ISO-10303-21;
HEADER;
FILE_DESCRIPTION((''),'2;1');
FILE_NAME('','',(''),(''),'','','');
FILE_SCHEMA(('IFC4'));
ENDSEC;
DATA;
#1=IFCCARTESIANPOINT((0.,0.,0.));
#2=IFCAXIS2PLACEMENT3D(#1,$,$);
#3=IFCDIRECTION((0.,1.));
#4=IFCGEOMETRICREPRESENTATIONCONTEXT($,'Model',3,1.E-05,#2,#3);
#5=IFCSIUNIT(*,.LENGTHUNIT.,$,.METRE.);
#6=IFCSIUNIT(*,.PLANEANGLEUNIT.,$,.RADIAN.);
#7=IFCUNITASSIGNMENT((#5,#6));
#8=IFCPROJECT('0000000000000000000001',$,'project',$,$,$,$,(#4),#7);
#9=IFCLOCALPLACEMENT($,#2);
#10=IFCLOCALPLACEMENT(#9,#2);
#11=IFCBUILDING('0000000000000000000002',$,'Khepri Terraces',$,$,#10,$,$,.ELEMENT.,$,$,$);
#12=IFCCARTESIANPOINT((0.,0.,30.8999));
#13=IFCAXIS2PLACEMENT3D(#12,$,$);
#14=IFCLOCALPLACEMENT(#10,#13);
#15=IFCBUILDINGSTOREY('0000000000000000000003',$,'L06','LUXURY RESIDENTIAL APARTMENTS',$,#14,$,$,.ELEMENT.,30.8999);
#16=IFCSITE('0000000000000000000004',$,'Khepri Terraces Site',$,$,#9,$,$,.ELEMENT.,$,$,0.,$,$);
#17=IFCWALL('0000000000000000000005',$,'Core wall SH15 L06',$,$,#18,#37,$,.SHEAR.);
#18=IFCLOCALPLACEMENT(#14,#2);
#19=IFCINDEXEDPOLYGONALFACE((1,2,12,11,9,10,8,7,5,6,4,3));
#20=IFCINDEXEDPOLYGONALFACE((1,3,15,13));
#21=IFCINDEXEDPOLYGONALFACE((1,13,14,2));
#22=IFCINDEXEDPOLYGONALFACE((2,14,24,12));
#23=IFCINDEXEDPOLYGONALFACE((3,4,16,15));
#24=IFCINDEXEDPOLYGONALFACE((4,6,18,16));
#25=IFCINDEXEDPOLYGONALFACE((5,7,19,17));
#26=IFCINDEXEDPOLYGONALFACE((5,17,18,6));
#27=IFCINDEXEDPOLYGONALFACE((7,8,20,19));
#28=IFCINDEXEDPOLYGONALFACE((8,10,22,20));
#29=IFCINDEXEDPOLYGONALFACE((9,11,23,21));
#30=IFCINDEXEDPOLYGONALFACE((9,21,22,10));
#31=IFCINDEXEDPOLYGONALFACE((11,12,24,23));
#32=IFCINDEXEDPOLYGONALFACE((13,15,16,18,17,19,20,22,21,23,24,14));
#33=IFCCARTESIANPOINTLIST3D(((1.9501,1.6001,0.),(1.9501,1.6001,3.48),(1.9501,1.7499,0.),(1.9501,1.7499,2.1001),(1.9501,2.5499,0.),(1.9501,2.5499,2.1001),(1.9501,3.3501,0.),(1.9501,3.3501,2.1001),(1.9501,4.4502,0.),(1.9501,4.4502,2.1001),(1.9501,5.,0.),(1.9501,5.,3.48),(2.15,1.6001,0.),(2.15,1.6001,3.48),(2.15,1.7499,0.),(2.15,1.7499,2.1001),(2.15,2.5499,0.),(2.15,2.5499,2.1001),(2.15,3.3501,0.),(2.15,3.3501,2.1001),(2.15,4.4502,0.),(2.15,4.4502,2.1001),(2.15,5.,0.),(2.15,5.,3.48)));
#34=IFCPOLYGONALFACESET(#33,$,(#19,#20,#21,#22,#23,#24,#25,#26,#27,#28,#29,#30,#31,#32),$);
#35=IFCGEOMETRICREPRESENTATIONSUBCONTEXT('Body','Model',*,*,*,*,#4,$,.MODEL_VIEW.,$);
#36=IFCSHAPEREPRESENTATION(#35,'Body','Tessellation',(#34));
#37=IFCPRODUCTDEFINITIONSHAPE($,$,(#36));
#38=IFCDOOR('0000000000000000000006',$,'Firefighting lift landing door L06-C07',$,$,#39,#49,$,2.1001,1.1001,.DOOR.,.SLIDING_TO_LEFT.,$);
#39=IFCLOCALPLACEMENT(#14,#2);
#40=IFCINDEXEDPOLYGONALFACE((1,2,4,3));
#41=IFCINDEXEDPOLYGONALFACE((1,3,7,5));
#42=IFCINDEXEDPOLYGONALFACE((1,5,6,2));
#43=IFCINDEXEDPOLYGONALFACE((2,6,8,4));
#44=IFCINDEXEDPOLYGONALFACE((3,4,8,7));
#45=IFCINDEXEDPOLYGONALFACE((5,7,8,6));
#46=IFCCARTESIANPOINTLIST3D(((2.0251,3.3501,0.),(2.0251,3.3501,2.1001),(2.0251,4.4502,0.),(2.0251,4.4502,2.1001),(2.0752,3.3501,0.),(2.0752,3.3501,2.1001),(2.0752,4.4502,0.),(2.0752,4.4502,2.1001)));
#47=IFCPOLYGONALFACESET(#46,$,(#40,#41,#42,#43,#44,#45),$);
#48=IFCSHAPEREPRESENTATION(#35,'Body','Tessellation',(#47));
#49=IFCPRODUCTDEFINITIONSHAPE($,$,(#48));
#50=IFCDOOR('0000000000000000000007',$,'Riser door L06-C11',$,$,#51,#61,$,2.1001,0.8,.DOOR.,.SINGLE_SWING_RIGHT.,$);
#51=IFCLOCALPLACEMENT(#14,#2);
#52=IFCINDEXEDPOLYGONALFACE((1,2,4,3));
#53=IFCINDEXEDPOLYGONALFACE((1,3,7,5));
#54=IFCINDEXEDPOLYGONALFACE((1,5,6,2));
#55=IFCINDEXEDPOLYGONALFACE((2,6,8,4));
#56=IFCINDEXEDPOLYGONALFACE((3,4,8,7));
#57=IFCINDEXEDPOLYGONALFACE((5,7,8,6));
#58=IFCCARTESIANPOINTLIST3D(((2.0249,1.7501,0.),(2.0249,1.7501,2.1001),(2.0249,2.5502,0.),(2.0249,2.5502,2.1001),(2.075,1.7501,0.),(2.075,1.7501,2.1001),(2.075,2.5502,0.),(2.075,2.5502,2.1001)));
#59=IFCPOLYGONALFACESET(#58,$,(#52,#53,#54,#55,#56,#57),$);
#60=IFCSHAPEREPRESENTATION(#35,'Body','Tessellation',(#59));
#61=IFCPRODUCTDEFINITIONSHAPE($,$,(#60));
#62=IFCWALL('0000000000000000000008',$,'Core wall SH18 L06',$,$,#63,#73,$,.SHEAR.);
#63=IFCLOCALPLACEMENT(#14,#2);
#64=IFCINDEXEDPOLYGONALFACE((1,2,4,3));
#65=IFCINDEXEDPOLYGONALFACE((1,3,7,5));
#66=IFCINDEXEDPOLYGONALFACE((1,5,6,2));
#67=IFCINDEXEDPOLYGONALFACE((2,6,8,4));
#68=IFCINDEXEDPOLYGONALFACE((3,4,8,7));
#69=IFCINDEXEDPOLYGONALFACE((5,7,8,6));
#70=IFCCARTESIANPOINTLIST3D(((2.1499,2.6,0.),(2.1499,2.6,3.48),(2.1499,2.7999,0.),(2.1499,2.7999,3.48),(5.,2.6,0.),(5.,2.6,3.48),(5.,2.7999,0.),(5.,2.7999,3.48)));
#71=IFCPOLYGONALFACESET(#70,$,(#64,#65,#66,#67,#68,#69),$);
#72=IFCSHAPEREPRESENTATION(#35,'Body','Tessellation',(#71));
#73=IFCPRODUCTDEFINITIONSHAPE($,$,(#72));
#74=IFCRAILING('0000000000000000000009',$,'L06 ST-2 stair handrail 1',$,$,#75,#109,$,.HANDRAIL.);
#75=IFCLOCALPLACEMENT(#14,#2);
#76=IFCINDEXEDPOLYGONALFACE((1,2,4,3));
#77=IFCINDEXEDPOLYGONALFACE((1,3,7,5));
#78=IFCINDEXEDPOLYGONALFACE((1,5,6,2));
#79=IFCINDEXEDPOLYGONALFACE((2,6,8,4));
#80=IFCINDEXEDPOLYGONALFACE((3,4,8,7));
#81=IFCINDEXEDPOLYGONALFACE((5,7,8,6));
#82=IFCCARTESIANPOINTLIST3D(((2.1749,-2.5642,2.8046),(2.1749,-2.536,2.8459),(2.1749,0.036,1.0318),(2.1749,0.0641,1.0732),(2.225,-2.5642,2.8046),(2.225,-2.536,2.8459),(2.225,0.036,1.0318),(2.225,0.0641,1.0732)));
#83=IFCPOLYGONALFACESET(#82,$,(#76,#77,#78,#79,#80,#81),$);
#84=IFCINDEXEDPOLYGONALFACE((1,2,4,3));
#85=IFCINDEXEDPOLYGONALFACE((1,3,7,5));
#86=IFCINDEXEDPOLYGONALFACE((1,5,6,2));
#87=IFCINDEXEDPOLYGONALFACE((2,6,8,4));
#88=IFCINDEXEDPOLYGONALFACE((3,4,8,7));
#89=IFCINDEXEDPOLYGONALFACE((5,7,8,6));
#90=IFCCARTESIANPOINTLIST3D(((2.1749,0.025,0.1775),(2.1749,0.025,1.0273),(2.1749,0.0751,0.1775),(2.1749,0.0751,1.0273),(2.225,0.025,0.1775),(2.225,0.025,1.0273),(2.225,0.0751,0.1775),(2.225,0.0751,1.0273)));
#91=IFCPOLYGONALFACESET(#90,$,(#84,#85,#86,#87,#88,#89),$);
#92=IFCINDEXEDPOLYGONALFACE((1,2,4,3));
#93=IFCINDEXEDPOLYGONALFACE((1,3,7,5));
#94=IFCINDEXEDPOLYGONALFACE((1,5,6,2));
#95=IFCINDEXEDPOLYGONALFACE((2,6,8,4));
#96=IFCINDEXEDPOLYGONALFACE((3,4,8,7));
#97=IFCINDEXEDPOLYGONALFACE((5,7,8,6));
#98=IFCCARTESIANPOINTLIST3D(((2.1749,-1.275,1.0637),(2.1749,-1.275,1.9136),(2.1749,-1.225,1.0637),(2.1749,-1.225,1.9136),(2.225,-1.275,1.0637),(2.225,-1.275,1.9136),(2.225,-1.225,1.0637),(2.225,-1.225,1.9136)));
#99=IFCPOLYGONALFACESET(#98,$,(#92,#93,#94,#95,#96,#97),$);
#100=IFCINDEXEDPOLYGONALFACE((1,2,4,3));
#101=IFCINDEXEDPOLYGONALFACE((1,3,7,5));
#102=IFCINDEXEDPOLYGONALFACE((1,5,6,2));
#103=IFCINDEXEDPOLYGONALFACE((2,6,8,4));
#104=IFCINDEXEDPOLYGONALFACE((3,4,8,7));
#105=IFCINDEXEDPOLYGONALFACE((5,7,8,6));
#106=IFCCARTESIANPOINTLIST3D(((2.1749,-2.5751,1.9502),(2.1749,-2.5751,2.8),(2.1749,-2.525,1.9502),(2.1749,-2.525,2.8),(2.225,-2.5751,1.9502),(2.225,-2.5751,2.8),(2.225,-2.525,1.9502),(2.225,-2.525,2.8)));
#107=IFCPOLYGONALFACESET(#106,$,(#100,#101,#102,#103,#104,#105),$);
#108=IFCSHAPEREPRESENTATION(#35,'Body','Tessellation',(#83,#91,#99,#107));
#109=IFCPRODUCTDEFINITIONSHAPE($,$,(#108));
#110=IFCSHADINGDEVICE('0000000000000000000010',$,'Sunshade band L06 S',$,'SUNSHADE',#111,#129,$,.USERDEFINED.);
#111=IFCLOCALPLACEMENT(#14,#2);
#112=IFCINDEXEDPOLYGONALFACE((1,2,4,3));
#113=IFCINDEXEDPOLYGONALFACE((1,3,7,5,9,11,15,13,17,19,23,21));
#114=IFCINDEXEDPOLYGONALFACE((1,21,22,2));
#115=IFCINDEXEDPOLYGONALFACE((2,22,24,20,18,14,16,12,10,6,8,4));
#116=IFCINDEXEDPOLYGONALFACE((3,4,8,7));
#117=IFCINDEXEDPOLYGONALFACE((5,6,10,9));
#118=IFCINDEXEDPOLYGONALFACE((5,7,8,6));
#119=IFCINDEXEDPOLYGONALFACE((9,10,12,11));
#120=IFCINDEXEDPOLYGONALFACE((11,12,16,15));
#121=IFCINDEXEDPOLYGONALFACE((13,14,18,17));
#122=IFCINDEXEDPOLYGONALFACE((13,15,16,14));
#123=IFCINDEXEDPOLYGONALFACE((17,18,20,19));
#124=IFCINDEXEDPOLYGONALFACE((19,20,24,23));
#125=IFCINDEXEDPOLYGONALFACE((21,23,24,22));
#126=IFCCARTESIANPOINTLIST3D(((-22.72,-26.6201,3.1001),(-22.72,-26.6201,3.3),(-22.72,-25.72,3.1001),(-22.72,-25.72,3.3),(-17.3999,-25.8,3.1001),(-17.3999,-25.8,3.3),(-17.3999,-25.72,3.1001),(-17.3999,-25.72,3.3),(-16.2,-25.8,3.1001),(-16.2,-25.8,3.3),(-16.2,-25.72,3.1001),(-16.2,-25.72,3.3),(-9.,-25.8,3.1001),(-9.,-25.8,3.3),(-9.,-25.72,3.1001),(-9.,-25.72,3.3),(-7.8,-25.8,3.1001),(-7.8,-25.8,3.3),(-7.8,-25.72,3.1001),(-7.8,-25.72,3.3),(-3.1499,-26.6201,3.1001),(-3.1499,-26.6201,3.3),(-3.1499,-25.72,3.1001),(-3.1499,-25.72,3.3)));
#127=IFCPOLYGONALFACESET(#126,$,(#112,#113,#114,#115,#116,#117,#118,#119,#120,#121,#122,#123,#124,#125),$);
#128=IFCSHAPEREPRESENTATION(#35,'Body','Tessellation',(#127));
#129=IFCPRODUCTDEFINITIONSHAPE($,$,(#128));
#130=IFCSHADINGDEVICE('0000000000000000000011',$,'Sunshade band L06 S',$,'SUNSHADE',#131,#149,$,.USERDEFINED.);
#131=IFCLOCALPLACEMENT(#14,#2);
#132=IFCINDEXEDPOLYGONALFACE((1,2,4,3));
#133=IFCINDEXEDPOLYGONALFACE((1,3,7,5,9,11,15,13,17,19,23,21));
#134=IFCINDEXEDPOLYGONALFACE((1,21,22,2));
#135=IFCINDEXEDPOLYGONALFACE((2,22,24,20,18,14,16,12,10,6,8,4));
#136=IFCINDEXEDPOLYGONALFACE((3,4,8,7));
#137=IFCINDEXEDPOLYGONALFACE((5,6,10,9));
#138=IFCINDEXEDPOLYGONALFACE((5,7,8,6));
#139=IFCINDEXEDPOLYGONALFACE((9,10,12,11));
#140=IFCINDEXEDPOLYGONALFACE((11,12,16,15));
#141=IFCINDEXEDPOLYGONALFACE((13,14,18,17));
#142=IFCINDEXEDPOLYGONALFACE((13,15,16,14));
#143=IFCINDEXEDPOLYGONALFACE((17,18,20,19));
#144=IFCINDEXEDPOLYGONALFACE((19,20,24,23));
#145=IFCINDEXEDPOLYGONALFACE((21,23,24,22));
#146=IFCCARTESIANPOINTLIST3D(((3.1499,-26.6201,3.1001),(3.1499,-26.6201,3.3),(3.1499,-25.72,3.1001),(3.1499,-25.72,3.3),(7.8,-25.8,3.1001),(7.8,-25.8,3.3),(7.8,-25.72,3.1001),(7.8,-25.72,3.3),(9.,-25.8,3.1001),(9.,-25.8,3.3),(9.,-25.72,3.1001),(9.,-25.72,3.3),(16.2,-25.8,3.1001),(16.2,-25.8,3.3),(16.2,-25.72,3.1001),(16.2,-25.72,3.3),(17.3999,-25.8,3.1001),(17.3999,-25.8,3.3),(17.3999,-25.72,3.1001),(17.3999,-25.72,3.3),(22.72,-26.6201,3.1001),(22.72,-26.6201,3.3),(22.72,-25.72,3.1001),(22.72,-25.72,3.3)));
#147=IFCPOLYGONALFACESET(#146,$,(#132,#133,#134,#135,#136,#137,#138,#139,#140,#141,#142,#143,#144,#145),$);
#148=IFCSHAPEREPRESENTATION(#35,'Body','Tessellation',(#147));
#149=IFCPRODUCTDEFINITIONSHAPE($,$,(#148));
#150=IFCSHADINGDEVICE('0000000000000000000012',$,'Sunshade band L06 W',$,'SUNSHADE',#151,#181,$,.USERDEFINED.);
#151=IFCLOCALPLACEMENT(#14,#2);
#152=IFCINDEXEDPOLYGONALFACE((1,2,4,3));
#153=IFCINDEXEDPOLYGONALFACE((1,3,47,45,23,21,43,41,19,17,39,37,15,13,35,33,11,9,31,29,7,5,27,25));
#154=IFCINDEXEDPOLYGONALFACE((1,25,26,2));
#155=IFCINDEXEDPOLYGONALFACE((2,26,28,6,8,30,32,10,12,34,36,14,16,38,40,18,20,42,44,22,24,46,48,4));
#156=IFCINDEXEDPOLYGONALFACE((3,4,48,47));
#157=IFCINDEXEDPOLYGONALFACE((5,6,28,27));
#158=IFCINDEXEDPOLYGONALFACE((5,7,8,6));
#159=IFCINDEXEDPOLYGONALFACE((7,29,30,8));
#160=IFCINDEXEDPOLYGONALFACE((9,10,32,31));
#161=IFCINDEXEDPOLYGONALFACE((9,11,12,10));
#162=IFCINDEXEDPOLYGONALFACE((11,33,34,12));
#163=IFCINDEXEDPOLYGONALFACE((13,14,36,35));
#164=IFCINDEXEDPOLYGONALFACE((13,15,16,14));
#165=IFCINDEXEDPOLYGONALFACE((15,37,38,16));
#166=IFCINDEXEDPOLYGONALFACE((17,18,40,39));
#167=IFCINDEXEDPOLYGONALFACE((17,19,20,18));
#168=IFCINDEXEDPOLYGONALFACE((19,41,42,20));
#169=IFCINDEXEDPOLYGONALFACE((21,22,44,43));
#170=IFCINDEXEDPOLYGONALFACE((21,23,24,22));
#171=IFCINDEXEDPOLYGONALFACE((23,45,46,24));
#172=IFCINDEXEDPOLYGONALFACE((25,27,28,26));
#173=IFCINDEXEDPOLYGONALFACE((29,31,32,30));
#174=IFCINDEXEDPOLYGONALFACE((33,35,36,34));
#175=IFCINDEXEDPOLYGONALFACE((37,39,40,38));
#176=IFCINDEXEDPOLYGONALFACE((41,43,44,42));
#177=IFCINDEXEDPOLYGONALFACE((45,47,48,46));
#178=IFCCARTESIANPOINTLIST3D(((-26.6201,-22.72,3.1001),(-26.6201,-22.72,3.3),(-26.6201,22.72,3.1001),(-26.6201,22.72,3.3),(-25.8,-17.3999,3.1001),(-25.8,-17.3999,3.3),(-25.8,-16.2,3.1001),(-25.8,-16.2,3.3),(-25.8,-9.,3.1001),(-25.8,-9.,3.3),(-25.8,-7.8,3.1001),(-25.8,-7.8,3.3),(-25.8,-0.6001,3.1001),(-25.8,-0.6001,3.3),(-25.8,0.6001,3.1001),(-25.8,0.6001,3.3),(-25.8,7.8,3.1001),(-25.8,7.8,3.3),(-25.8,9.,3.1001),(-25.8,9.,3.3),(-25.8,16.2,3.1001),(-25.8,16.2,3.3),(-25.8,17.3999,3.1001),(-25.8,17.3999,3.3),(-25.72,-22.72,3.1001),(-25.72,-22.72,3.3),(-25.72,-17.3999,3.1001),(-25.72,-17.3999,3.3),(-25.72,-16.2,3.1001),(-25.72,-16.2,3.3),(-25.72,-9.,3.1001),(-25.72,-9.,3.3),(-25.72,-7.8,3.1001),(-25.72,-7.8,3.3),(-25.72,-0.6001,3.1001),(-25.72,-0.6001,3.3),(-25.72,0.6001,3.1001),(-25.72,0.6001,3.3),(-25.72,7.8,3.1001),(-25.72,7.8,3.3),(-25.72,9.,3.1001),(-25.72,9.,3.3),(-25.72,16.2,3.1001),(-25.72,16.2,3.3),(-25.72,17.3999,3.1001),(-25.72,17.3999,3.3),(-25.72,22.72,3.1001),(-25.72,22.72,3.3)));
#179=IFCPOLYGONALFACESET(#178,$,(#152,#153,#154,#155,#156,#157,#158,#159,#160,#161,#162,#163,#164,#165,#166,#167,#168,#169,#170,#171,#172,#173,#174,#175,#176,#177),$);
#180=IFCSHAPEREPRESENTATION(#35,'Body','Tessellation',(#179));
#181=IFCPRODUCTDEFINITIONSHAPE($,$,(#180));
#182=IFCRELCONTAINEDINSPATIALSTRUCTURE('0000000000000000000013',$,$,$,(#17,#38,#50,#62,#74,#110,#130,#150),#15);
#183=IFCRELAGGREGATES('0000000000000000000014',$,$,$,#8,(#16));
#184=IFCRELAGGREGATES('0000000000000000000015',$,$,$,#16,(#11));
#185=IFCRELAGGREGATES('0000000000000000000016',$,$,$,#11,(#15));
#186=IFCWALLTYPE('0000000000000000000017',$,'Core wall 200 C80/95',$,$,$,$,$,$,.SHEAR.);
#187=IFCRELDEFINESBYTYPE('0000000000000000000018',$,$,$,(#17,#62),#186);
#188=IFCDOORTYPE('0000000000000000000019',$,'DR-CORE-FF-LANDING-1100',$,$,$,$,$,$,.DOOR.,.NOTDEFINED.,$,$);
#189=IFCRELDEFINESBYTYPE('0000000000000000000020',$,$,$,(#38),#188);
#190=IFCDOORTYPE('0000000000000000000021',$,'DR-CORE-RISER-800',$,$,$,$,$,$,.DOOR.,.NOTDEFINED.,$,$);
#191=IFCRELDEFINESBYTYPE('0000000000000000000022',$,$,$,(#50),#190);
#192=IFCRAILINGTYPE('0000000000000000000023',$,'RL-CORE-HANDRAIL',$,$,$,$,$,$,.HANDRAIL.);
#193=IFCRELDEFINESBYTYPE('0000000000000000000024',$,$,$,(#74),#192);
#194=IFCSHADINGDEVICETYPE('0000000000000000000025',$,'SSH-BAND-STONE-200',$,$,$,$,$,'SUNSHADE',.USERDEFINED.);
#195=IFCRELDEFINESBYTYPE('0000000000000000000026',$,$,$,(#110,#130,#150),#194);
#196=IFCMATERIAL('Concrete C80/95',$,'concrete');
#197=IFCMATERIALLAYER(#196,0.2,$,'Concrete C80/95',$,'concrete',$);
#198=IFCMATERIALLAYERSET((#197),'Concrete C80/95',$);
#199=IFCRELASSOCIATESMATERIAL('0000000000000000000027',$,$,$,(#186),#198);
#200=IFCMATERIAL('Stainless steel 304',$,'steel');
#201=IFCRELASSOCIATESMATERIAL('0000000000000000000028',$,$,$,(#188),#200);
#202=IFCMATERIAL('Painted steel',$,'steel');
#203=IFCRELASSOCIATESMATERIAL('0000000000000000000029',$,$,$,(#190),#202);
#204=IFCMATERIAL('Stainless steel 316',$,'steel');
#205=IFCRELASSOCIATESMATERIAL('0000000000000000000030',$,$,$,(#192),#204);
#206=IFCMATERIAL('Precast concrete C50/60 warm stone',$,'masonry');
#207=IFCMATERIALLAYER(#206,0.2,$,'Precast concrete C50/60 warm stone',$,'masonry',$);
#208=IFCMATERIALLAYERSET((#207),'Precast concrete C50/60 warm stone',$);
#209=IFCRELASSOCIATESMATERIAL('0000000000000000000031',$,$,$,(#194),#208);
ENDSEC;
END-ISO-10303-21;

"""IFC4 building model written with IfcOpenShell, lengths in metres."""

from ifc_helpers import new_model, si_unit, direction, frame, frame_2d, origin, origin_2d, place, context, subcontext, project, spatial, polyline, rectangle, outline, extrude, material, layer, layer_set, type_object, element, fill, save


model = new_model("IFC4")

# Units and contexts
model_context = context("Model", 3, precision=1e-05, world=origin(), true_north=direction((0.0, 1.0)))
body_context = subcontext(model_context, "Body", "Model", "MODEL_VIEW")
ifc_project = project(units=[si_unit("LENGTHUNIT", "METRE"), si_unit("PLANEANGLEUNIT", "RADIAN")], contexts=[model_context])

# Site, building, storey
site_placement = place(None, origin())
site = spatial("IfcSite", under=ifc_project, at=site_placement, Name="Khepri Terraces Site", CompositionType="ELEMENT", RefElevation=0.0)
building_placement = place(site_placement, origin())
building = spatial("IfcBuilding", under=site, at=building_placement, Name="Khepri Terraces", CompositionType="ELEMENT")
storey_placement = place(building_placement, frame((0.0, 0.0, 30.8999)))
storey = spatial("IfcBuildingStorey", under=building, at=storey_placement, Name="L06", Description="LUXURY RESIDENTIAL APARTMENTS", CompositionType="ELEMENT", Elevation=30.8999)

# Shared definitions
ifc_material_1 = material(Name="Precast concrete C50/60 warm stone", Category="masonry")

# Shared definitions
ifc_material_2 = material(Name="Concrete C80/95", Category="concrete")
ifc_layer_1 = layer(ifc_material_2, 0.2, Name="Concrete C80/95", Category="concrete")
ifc_layer_set_1 = layer_set([ifc_layer_1], Name="Concrete C80/95")
wall_type = type_object("IfcWallType", Name="Core wall 200 C80/95", PredefinedType="SHEAR", material=ifc_layer_set_1)

# Shared definitions
ifc_material_3 = material(Name="Painted steel", Category="steel")

# Wall, openings, doors
wall_1_placement = place(storey_placement, frame((2.05, 1.6001, 0.0), z_axis=(0.0, 0.0, 1.0), x_axis=(0.0, 1.0, 0.0)))
wall_1 = element("IfcWall", 1, at=wall_1_placement, inside=storey, type_object=wall_type, Name="Core wall SH15 L06", PredefinedType="SHEAR", context=body_context, shape_type="SweptSolid", body=[
    extrude(rectangle(XDim=3.3999, YDim=0.2, at=frame_2d((1.7, 0.0))), origin(), (0.0, 0.0, 1.0), 3.48),
])
opening_1_placement = place(wall_1_placement, frame((1.75, 0.0, 0.0)))
opening_1 = element("IfcOpeningElement", 2, at=opening_1_placement, cuts=wall_1, PredefinedType="OPENING", context=body_context, shape_type="SweptSolid", body=[
    extrude(rectangle(XDim=1.1001, YDim=2.1001, at=frame_2d((0.55, 1.05))), frame((0.0, 0.1099, 0.0), z_axis=(0.0, -1.0, 0.0), x_axis=(1.0, 0.0, 0.0)), (0.0, 0.0, 1.0), 0.22),
])
opening_2_placement = place(wall_1_placement, frame((0.1499, 0.0, 0.0)))
opening_2 = element("IfcOpeningElement", 3, at=opening_2_placement, cuts=wall_1, PredefinedType="OPENING", context=body_context, shape_type="SweptSolid", body=[
    extrude(rectangle(XDim=0.8, YDim=2.1001, at=frame_2d((0.3999, 1.05))), frame((0.0, 0.1099, 0.0), z_axis=(0.0, -1.0, 0.0), x_axis=(1.0, 0.0, 0.0)), (0.0, 0.0, 1.0), 0.22),
])
ifc_material_4 = material(Name="Stainless steel 304", Category="steel")
door_type_1 = type_object("IfcDoorType", Name="DR-CORE-FF-LANDING-1100", OperationType="NOTDEFINED", PredefinedType="DOOR", material=ifc_material_4)
door_1_placement = place(opening_1_placement, origin())
door_1 = element("IfcDoor", 4, at=door_1_placement, inside=storey, type_object=door_type_1, Name="Firefighting lift landing door L06-C07", OperationType="SLIDING_TO_LEFT", OverallHeight=2.1001, OverallWidth=1.1001, PredefinedType="DOOR", context=body_context, shape_type="SweptSolid", body=[
    extrude(rectangle(XDim=1.1001, YDim=2.1001, at=frame_2d((0.55, 1.05))), frame((0.0, 0.0249, 0.0), z_axis=(0.0, -1.0, 0.0), x_axis=(1.0, 0.0, 0.0)), (0.0, 0.0, 1.0), 0.05),
])
fill(opening_1, door_1)
door_type_2 = type_object("IfcDoorType", Name="DR-CORE-RISER-800", OperationType="NOTDEFINED", PredefinedType="DOOR", material=ifc_material_3)
door_2_placement = place(opening_2_placement, frame((0.8, 0.0, 0.0), z_axis=(0.0, 0.0, 1.0), x_axis=(-1.0, 0.0, 0.0)))
door_2 = element("IfcDoor", 5, at=door_2_placement, inside=storey, type_object=door_type_2, Name="Riser door L06-C11", OperationType="SINGLE_SWING_RIGHT", OverallHeight=2.1001, OverallWidth=0.8, PredefinedType="DOOR", context=body_context, shape_type="SweptSolid", body=[
    extrude(rectangle(XDim=0.8, YDim=2.1001, at=frame_2d((0.3999, 1.05))), frame((0.0, 0.0249, 0.0), z_axis=(0.0, -1.0, 0.0), x_axis=(1.0, 0.0, 0.0)), (0.0, 0.0, 1.0), 0.05),
])
fill(opening_2, door_2)

# Wall
wall_2_placement = place(storey_placement, frame((2.1499, 2.7, 0.0), z_axis=(0.0, 0.0, 1.0), x_axis=(1.0, 0.0, 0.0)))
element("IfcWall", 6, at=wall_2_placement, inside=storey, type_object=wall_type, Name="Core wall SH18 L06", PredefinedType="SHEAR", context=body_context, shape_type="SweptSolid", body=[
    extrude(rectangle(XDim=2.8501, YDim=0.2, at=frame_2d((1.425, 0.0))), origin(), (0.0, 0.0, 1.0), 3.48),
])

# Railing
ifc_material_5 = material(Name="Stainless steel 316", Category="steel")
railing_type = type_object("IfcRailingType", Name="RL-CORE-HANDRAIL", PredefinedType="HANDRAIL", material=ifc_material_5)
railing_placement = place(storey_placement, frame((2.2, 0.05, 0.1775)))
element("IfcRailing", 7, at=railing_placement, inside=storey, type_object=railing_type, Name="L06 ST-2 stair handrail 1", PredefinedType="HANDRAIL", context=body_context, shape_type="SweptSolid", body=[
    extrude(rectangle(XDim=0.05, YDim=0.05, at=origin_2d()), frame((0.0, 0.0, 0.875), z_axis=(0.0, -0.82624, 0.563318), x_axis=(1.0, 0.0, 0.0)), (0.0, 0.0, 1.0), 3.147),
    extrude(rectangle(XDim=0.05, YDim=0.05, at=origin_2d()), origin(), (0.0, 0.0, 1.0), 0.8499),
    extrude(rectangle(XDim=0.05, YDim=0.05, at=origin_2d()), frame((0.0, -1.3, 0.8862)), (0.0, 0.0, 1.0), 0.8499),
    extrude(rectangle(XDim=0.05, YDim=0.05, at=origin_2d()), frame((0.0, -2.6001, 1.7727)), (0.0, 0.0, 1.0), 0.8499),
])

# Shading devices
ifc_layer_2 = layer(ifc_material_1, 0.2, Name="Precast concrete C50/60 warm stone", Category="masonry")
ifc_layer_set_2 = layer_set([ifc_layer_2], Name="Precast concrete C50/60 warm stone")
shading_device_type_1 = type_object("IfcShadingDeviceType", Name="SSH-BAND-STONE-200", ElementType="SUNSHADE", PredefinedType="USERDEFINED", material=ifc_layer_set_2)
shading_device_1_placement = place(storey_placement, frame((0.0, 0.0, 3.1001)))
element("IfcShadingDevice", 8, at=shading_device_1_placement, inside=storey, type_object=shading_device_type_1, Name="Sunshade band L06 S", ObjectType="SUNSHADE", PredefinedType="USERDEFINED", context=body_context, shape_type="SweptSolid", body=[
    extrude(outline(polyline([(-17.3999, -25.72), (-22.72, -25.72), (-22.72, -26.6201), (-3.1499, -26.6201), (-3.1499, -25.72), (-7.8, -25.72), (-7.8, -25.8), (-9.0, -25.8), (-9.0, -25.72), (-16.2, -25.72), (-16.2, -25.8), (-17.3999, -25.8), (-17.3999, -25.72)])), origin(), (0.0, 0.0, 1.0), 0.2),
])
shading_device_2_placement = place(storey_placement, frame((0.0, 0.0, 3.1001)))
element("IfcShadingDevice", 9, at=shading_device_2_placement, inside=storey, type_object=shading_device_type_1, Name="Sunshade band L06 S", ObjectType="SUNSHADE", PredefinedType="USERDEFINED", context=body_context, shape_type="SweptSolid", body=[
    extrude(outline(polyline([(7.8, -25.72), (3.1499, -25.72), (3.1499, -26.6201), (22.72, -26.6201), (22.72, -25.72), (17.3999, -25.72), (17.3999, -25.8), (16.2, -25.8), (16.2, -25.72), (9.0, -25.72), (9.0, -25.8), (7.8, -25.8), (7.8, -25.72)])), origin(), (0.0, 0.0, 1.0), 0.2),
])
shading_device_3_placement = place(storey_placement, frame((0.0, 0.0, 3.1001)))
element("IfcShadingDevice", 10, at=shading_device_3_placement, inside=storey, type_object=shading_device_type_1, Name="Sunshade band L06 W", ObjectType="SUNSHADE", PredefinedType="USERDEFINED", context=body_context, shape_type="SweptSolid", body=[
    extrude(outline(polyline([(-25.72, 17.3999), (-25.72, 22.72), (-26.6201, 22.72), (-26.6201, -22.72), (-25.72, -22.72), (-25.72, -17.3999), (-25.8, -17.3999), (-25.8, -16.2), (-25.72, -16.2), (-25.72, -9.0), (-25.8, -9.0), (-25.8, -7.8), (-25.72, -7.8), (-25.72, -0.6001), (-25.8, -0.6001), (-25.8, 0.6001), (-25.72, 0.6001), (-25.72, 7.8), (-25.8, 7.8), (-25.8, 9.0), (-25.72, 9.0), (-25.72, 16.2), (-25.8, 16.2), (-25.8, 17.3999), (-25.72, 17.3999)])), origin(), (0.0, 0.0, 1.0), 0.2),
])

save(model, "model.ifc")
